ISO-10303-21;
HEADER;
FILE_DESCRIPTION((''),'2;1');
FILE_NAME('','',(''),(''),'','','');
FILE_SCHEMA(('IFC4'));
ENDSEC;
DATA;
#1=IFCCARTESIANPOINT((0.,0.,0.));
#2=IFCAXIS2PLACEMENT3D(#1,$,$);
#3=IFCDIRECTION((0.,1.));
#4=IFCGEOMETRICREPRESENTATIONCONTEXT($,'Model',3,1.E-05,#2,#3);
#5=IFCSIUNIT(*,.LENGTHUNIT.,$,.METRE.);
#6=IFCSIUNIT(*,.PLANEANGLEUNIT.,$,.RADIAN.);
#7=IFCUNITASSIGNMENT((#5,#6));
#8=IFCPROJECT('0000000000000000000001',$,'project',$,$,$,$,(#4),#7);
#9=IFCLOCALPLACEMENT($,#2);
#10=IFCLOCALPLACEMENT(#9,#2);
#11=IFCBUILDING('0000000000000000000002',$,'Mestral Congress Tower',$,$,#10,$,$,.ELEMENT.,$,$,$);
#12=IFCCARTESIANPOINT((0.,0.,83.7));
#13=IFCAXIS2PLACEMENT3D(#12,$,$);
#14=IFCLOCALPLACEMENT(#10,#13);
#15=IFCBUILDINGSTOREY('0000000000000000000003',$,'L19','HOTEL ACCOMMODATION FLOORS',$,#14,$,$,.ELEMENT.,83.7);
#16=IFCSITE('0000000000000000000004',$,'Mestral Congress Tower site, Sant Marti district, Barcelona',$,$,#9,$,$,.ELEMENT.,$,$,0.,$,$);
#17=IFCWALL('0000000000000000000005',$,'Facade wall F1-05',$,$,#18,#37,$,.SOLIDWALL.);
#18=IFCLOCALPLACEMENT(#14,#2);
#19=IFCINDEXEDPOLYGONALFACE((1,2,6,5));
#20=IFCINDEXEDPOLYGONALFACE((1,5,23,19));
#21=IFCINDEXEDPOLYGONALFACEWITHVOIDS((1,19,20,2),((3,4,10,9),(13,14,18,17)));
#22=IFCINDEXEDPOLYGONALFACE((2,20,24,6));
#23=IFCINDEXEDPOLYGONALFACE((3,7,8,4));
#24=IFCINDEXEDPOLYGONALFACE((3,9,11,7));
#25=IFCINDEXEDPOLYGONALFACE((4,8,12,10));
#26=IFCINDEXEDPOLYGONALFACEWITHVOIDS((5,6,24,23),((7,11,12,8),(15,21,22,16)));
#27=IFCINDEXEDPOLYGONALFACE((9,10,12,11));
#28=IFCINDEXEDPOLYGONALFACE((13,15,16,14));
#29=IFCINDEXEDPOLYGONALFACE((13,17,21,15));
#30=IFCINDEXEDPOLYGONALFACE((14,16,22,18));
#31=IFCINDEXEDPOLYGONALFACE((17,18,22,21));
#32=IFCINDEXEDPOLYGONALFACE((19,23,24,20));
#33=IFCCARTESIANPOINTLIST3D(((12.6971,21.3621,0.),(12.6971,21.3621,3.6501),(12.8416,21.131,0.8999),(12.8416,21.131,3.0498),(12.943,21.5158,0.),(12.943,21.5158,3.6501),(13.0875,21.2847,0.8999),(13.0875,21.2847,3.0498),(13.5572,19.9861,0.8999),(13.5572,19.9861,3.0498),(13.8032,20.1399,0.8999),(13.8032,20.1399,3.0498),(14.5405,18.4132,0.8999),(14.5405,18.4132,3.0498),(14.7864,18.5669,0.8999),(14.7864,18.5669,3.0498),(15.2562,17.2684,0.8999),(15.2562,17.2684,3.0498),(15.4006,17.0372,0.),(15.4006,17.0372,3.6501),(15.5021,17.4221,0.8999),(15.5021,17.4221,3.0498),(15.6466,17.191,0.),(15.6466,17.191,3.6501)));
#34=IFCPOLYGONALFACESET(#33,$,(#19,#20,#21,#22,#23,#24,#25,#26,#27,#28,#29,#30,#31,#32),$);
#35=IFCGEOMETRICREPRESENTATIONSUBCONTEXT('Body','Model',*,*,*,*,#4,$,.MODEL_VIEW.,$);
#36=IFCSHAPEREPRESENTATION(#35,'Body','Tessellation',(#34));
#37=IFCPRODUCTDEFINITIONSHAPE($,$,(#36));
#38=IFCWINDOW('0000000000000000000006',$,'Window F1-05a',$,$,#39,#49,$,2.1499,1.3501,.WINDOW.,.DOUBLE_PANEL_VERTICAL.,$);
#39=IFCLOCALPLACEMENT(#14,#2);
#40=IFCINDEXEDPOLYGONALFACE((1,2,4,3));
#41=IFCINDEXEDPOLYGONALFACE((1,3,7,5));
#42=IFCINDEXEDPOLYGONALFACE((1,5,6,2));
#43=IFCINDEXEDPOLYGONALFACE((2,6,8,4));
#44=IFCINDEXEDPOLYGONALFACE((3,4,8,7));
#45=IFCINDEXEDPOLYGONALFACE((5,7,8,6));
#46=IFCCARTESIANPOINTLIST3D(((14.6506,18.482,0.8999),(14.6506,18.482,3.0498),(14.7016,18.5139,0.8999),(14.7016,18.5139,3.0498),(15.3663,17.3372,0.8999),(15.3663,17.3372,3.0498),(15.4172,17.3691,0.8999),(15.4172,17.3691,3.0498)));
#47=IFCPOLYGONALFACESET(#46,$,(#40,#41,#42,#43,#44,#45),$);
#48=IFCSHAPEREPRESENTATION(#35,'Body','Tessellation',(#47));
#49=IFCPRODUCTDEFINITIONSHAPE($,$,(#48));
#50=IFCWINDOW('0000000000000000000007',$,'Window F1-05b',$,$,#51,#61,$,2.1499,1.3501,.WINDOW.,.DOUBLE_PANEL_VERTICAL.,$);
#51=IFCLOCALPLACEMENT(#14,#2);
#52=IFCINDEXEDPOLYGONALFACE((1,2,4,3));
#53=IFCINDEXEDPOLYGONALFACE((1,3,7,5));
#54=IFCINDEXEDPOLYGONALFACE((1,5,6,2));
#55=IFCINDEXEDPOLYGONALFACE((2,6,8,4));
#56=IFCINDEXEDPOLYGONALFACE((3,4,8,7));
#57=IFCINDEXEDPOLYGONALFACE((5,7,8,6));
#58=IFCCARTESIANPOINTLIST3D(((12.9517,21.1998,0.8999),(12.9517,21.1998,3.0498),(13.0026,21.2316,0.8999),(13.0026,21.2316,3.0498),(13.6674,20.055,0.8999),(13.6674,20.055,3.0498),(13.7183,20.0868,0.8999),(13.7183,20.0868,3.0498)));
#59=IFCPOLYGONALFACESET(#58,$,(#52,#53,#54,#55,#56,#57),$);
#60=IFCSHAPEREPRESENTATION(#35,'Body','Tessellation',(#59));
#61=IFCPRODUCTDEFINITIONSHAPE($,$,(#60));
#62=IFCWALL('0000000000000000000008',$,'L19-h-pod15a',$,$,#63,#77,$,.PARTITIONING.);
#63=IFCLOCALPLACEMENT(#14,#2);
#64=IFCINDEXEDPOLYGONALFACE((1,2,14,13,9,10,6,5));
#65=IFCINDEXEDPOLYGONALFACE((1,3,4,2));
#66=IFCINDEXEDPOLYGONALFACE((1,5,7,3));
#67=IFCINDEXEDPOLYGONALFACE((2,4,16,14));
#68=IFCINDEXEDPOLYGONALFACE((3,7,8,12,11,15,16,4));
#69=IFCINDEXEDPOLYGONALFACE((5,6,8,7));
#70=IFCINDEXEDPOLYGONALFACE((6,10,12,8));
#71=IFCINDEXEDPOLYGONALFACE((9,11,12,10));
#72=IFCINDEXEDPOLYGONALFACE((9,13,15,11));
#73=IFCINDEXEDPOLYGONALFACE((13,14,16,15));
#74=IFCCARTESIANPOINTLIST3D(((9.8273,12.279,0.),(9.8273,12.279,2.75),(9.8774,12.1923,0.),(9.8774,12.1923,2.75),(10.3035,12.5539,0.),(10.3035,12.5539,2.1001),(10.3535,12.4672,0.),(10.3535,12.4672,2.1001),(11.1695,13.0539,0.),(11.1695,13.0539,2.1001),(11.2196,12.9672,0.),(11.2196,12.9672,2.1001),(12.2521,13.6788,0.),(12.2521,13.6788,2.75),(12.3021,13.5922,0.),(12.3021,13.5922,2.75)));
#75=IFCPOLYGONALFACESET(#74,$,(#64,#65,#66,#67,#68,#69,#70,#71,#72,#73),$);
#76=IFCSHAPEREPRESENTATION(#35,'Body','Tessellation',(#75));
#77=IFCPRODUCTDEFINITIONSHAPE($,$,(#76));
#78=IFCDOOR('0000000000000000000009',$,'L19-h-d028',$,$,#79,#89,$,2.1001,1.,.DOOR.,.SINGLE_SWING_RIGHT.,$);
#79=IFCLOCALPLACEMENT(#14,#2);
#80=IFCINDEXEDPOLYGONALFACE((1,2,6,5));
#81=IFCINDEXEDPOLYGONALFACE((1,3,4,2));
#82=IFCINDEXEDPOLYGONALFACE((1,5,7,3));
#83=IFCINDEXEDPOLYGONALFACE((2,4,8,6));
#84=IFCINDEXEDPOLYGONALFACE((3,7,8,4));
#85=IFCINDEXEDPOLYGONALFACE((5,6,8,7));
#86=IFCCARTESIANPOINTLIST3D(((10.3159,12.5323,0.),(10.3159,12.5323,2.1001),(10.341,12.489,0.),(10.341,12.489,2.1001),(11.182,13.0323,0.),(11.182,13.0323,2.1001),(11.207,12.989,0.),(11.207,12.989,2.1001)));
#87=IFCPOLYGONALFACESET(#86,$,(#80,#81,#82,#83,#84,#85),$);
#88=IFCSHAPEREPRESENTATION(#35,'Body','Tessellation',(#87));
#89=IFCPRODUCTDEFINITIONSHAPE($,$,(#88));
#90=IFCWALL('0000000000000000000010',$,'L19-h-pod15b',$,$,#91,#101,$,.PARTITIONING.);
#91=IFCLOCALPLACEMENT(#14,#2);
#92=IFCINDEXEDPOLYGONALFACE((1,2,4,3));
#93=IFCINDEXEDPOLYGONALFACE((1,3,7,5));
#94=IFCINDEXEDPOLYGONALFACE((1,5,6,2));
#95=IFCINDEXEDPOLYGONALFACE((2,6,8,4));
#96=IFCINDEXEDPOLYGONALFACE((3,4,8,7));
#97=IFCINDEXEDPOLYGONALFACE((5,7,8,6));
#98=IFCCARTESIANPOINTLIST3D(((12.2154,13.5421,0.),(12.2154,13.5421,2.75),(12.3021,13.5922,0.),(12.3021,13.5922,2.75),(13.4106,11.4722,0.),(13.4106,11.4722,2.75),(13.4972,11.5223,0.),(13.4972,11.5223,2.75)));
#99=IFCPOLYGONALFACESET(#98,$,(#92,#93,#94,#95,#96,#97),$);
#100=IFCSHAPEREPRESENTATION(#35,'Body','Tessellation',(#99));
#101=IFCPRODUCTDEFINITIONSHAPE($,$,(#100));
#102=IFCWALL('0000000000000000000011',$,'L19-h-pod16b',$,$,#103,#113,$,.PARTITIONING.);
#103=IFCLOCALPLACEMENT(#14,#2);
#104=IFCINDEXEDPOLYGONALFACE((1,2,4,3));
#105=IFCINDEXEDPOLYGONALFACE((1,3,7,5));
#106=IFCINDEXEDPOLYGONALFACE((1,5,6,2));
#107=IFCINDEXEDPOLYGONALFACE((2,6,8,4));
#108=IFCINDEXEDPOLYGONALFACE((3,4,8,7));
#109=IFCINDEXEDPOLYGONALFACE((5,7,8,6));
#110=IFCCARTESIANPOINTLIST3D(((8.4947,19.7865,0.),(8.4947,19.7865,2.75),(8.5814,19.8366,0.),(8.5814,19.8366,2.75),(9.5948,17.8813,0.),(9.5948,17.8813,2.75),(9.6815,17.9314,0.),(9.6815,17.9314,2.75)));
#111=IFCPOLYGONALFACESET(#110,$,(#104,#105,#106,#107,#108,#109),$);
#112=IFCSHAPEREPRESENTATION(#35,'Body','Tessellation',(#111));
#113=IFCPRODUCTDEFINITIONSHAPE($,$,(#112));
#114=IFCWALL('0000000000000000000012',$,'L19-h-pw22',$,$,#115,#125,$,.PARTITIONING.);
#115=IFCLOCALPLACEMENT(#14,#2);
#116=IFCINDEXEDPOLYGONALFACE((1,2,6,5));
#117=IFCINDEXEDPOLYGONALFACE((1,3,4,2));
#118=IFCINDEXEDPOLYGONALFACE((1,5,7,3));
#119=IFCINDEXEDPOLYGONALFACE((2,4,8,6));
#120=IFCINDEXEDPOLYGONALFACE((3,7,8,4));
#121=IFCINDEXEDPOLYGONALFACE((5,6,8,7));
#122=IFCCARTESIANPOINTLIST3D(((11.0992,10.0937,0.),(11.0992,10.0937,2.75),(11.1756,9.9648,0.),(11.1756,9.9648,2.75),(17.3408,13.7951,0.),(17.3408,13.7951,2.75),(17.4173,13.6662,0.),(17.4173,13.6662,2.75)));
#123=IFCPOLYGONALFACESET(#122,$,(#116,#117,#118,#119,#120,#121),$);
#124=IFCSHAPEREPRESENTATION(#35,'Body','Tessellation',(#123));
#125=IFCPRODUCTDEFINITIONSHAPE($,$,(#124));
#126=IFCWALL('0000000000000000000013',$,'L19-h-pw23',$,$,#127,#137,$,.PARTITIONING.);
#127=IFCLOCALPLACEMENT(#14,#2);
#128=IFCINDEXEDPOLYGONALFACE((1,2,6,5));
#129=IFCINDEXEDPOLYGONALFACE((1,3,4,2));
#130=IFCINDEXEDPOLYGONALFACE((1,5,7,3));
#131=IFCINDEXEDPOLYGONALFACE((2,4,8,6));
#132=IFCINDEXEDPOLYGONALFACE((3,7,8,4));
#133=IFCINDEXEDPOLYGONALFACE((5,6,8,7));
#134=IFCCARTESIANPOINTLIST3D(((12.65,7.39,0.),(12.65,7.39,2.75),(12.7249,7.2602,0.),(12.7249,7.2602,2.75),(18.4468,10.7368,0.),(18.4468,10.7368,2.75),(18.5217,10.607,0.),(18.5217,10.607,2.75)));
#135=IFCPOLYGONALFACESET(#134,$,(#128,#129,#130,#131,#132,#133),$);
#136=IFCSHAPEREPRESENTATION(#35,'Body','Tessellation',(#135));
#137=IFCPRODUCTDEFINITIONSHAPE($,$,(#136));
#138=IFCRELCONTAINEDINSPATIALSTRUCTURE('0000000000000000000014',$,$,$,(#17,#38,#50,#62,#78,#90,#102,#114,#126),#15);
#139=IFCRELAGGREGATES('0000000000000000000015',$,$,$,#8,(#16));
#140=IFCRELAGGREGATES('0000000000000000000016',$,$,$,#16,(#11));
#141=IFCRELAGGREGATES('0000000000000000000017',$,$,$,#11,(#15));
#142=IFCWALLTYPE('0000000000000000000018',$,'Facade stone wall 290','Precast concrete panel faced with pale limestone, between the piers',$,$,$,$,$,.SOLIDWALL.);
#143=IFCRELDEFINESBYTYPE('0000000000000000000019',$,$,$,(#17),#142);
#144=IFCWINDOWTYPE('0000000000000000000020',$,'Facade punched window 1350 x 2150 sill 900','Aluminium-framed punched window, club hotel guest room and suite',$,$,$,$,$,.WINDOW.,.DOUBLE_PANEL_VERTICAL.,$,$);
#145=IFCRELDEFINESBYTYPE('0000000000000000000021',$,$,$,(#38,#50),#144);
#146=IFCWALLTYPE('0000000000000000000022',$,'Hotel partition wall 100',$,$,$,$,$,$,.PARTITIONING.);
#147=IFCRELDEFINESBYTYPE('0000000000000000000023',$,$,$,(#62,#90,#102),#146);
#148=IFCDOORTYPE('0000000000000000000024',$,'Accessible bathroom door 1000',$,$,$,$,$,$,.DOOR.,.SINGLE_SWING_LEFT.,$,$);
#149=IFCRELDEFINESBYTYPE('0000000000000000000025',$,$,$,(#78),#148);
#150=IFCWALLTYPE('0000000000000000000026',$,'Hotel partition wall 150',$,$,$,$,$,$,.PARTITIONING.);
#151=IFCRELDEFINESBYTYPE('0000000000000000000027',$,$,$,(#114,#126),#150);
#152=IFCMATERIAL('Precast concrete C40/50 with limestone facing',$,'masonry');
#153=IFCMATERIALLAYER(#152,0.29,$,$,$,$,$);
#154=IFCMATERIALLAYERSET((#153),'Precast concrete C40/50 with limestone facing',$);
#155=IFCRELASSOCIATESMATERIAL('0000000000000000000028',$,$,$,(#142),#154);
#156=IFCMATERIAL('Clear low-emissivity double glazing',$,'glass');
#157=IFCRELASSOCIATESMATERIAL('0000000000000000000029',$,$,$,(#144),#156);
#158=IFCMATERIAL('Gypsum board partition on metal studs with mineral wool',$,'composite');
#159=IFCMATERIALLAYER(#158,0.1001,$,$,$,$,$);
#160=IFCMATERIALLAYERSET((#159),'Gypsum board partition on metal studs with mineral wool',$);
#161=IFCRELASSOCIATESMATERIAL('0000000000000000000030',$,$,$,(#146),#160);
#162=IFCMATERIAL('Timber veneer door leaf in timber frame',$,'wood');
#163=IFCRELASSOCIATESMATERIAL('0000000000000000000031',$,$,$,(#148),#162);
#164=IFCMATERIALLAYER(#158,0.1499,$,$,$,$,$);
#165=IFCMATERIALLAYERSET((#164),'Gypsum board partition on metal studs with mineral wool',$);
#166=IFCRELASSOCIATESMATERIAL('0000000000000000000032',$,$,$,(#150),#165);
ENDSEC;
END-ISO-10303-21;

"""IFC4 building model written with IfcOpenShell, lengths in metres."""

from ifc_helpers import new_model, si_unit, direction, frame, frame_2d, origin, place, context, subcontext, project, spatial, rectangle, extrude, material, layer, layer_set, type_object, element, fill, save


model = new_model("IFC4")

# Units and contexts
model_context = context("Model", 3, precision=1e-05, world=origin(), true_north=direction((0.0, 1.0)))
body_context = subcontext(model_context, "Body", "Model", "MODEL_VIEW")
ifc_project = project(units=[si_unit("LENGTHUNIT", "METRE"), si_unit("PLANEANGLEUNIT", "RADIAN")], contexts=[model_context])

# Site, building, storey
site_placement = place(None, origin())
site = spatial("IfcSite", under=ifc_project, at=site_placement, Name="Mestral Congress Tower site, Sant Marti district, Barcelona", CompositionType="ELEMENT", RefElevation=0.0)
building_placement = place(site_placement, origin())
building = spatial("IfcBuilding", under=site, at=building_placement, Name="Mestral Congress Tower", CompositionType="ELEMENT")
storey_placement = place(building_placement, frame((0.0, 0.0, 83.7)))
storey = spatial("IfcBuildingStorey", under=building, at=storey_placement, Name="L19", Description="HOTEL ACCOMMODATION FLOORS", CompositionType="ELEMENT", Elevation=83.7)

# Wall, openings, windows
ifc_material_1 = material(Name="Precast concrete C40/50 with limestone facing", Category="masonry")
ifc_layer_1 = layer(ifc_material_1, 0.29)
ifc_layer_set_1 = layer_set([ifc_layer_1], Name="Precast concrete C40/50 with limestone facing")
wall_type_1 = type_object("IfcWallType", Name="Facade stone wall 290", Description="Precast concrete panel faced with pale limestone, between the piers", PredefinedType="SOLIDWALL", material=ifc_layer_set_1)
ifc_material_2 = material(Name="Clear low-emissivity double glazing", Category="glass")
window_type = type_object("IfcWindowType", Name="Facade punched window 1350 x 2150 sill 900", Description="Aluminium-framed punched window, club hotel guest room and suite", PartitioningType="DOUBLE_PANEL_VERTICAL", PredefinedType="WINDOW", material=ifc_material_2)
wall_1_placement = place(storey_placement, frame((15.5237, 17.114, 0.0), z_axis=(0.0, 0.0, 1.0), x_axis=(-0.530072, 0.847953, 0.0)))
wall_1 = element("IfcWall", 1, at=wall_1_placement, inside=storey, type_object=wall_type_1, Name="Facade wall F1-05", PredefinedType="SOLIDWALL", context=body_context, shape_type="SweptSolid", body=[
    extrude(rectangle(XDim=5.1003, YDim=0.29, at=frame_2d((2.5503, 0.0))), origin(), (0.0, 0.0, 1.0), 3.6501),
])
opening_1_placement = place(wall_1_placement, frame((0.2727, 0.0, 0.8999)))
opening_1 = element("IfcOpeningElement", 2, at=opening_1_placement, cuts=wall_1, PredefinedType="OPENING", context=body_context, shape_type="SweptSolid", body=[
    extrude(rectangle(XDim=1.3501, YDim=2.1499, at=frame_2d((0.675, 1.075))), frame((0.0, 0.155, 0.0), z_axis=(0.0, -1.0, 0.0), x_axis=(1.0, 0.0, 0.0)), (0.0, 0.0, 1.0), 0.3101),
])
opening_2_placement = place(wall_1_placement, frame((3.4778, 0.0, 0.8999)))
opening_2 = element("IfcOpeningElement", 3, at=opening_2_placement, cuts=wall_1, PredefinedType="OPENING", context=body_context, shape_type="SweptSolid", body=[
    extrude(rectangle(XDim=1.3501, YDim=2.1499, at=frame_2d((0.675, 1.075))), frame((0.0, 0.155, 0.0), z_axis=(0.0, -1.0, 0.0), x_axis=(1.0, 0.0, 0.0)), (0.0, 0.0, 1.0), 0.3101),
])
window_1_placement = place(opening_1_placement, origin())
window_1 = element("IfcWindow", 4, at=window_1_placement, inside=storey, type_object=window_type, Name="Window F1-05a", OverallHeight=2.1499, OverallWidth=1.3501, PartitioningType="DOUBLE_PANEL_VERTICAL", PredefinedType="WINDOW", context=body_context, shape_type="SweptSolid", body=[
    extrude(rectangle(XDim=1.3501, YDim=2.1499, at=frame_2d((0.675, 1.075))), frame((0.0, 0.0151, 0.0), z_axis=(0.0, -1.0, 0.0), x_axis=(1.0, 0.0, 0.0)), (0.0, 0.0, 1.0), 0.0601),
])
fill(opening_1, window_1)
window_2_placement = place(opening_2_placement, origin())
window_2 = element("IfcWindow", 5, at=window_2_placement, inside=storey, type_object=window_type, Name="Window F1-05b", OverallHeight=2.1499, OverallWidth=1.3501, PartitioningType="DOUBLE_PANEL_VERTICAL", PredefinedType="WINDOW", context=body_context, shape_type="SweptSolid", body=[
    extrude(rectangle(XDim=1.3501, YDim=2.1499, at=frame_2d((0.675, 1.075))), frame((0.0, 0.0151, 0.0), z_axis=(0.0, -1.0, 0.0), x_axis=(1.0, 0.0, 0.0)), (0.0, 0.0, 1.0), 0.0601),
])
fill(opening_2, window_2)

# Wall, opening, door
ifc_material_3 = material(Name="Gypsum board partition on metal studs with mineral wool", Category="composite")
ifc_layer_2 = layer(ifc_material_3, 0.1001)
ifc_layer_set_2 = layer_set([ifc_layer_2], Name="Gypsum board partition on metal studs with mineral wool")
wall_type_2 = type_object("IfcWallType", Name="Hotel partition wall 100", PredefinedType="PARTITIONING", material=ifc_layer_set_2)
wall_2_placement = place(storey_placement, frame((12.2771, 13.6355, 0.0), z_axis=(0.0, 0.0, 1.0), x_axis=(-0.866035, -0.499984, 0.0)))
wall_2 = element("IfcWall", 6, at=wall_2_placement, inside=storey, type_object=wall_type_2, Name="L19-h-pod15a", PredefinedType="PARTITIONING", context=body_context, shape_type="SweptSolid", body=[
    extrude(rectangle(XDim=2.7998, YDim=0.1001, at=frame_2d((1.3999, 0.0))), origin(), (0.0, 0.0, 1.0), 2.75),
])
opening_3_placement = place(wall_2_placement, frame((1.25, 0.0, 0.0)))
opening_3 = element("IfcOpeningElement", 7, at=opening_3_placement, cuts=wall_2, PredefinedType="OPENING", context=body_context, shape_type="SweptSolid", body=[
    extrude(rectangle(XDim=1.0, YDim=2.1001, at=frame_2d((0.5, 1.05))), frame((0.0, 0.0601, 0.0), z_axis=(0.0, -1.0, 0.0), x_axis=(1.0, 0.0, 0.0)), (0.0, 0.0, 1.0), 0.1201),
])
ifc_material_4 = material(Name="Timber veneer door leaf in timber frame", Category="wood")
door_type = type_object("IfcDoorType", Name="Accessible bathroom door 1000", OperationType="SINGLE_SWING_LEFT", PredefinedType="DOOR", material=ifc_material_4)
door_placement = place(opening_3_placement, origin())
door = element("IfcDoor", 8, at=door_placement, inside=storey, type_object=door_type, Name="L19-h-d028", OperationType="SINGLE_SWING_RIGHT", OverallHeight=2.1001, OverallWidth=1.0, PredefinedType="DOOR", context=body_context, shape_type="SweptSolid", body=[
    extrude(rectangle(XDim=1.0, YDim=2.1001, at=frame_2d((0.5, 1.05))), frame((0.0, 0.0249, 0.0), z_axis=(0.0, -1.0, 0.0), x_axis=(1.0, 0.0, 0.0)), (0.0, 0.0, 1.0), 0.05),
])
fill(opening_3, door)

# Walls
wall_3_placement = place(storey_placement, frame((12.2588, 13.5671, 0.0), z_axis=(0.0, 0.0, 1.0), x_axis=(0.500017, -0.866015, 0.0)))
element("IfcWall", 9, at=wall_3_placement, inside=storey, type_object=wall_type_2, Name="L19-h-pod15b", PredefinedType="PARTITIONING", context=body_context, shape_type="SweptSolid", body=[
    extrude(rectangle(XDim=2.3901, YDim=0.1001, at=frame_2d((1.1951, 0.0))), origin(), (0.0, 0.0, 1.0), 2.75),
])
wall_4_placement = place(storey_placement, frame((9.6382, 17.9062, 0.0), z_axis=(0.0, 0.0, 1.0), x_axis=(-0.50003, 0.866008, 0.0)))
element("IfcWall", 10, at=wall_4_placement, inside=storey, type_object=wall_type_2, Name="L19-h-pod16b", PredefinedType="PARTITIONING", context=body_context, shape_type="SweptSolid", body=[
    extrude(rectangle(XDim=2.2, YDim=0.1001, at=frame_2d((1.1001, 0.0))), origin(), (0.0, 0.0, 1.0), 2.75),
])
ifc_layer_3 = layer(ifc_material_3, 0.1499)
ifc_layer_set_3 = layer_set([ifc_layer_3], Name="Gypsum board partition on metal studs with mineral wool")
wall_type_3 = type_object("IfcWallType", Name="Hotel partition wall 150", PredefinedType="PARTITIONING", material=ifc_layer_set_3)
wall_5_placement = place(storey_placement, frame((17.3792, 13.7307, 0.0), z_axis=(0.0, 0.0, 1.0), x_axis=(-0.860132, -0.510071, 0.0)))
element("IfcWall", 11, at=wall_5_placement, inside=storey, type_object=wall_type_3, Name="L19-h-pw22", PredefinedType="PARTITIONING", context=body_context, shape_type="SweptSolid", body=[
    extrude(rectangle(XDim=7.2566, YDim=0.1499, at=frame_2d((3.6284, 0.0))), origin(), (0.0, 0.0, 1.0), 2.75),
])
wall_6_placement = place(storey_placement, frame((18.4841, 10.6719, 0.0), z_axis=(0.0, 0.0, 1.0), x_axis=(-0.866019, -0.500011, 0.0)))
element("IfcWall", 12, at=wall_6_placement, inside=storey, type_object=wall_type_3, Name="L19-h-pw23", PredefinedType="PARTITIONING", context=body_context, shape_type="SweptSolid", body=[
    extrude(rectangle(XDim=6.6936, YDim=0.1499, at=frame_2d((3.3467, 0.0))), origin(), (0.0, 0.0, 1.0), 2.75),
])

save(model, "model.ifc")
